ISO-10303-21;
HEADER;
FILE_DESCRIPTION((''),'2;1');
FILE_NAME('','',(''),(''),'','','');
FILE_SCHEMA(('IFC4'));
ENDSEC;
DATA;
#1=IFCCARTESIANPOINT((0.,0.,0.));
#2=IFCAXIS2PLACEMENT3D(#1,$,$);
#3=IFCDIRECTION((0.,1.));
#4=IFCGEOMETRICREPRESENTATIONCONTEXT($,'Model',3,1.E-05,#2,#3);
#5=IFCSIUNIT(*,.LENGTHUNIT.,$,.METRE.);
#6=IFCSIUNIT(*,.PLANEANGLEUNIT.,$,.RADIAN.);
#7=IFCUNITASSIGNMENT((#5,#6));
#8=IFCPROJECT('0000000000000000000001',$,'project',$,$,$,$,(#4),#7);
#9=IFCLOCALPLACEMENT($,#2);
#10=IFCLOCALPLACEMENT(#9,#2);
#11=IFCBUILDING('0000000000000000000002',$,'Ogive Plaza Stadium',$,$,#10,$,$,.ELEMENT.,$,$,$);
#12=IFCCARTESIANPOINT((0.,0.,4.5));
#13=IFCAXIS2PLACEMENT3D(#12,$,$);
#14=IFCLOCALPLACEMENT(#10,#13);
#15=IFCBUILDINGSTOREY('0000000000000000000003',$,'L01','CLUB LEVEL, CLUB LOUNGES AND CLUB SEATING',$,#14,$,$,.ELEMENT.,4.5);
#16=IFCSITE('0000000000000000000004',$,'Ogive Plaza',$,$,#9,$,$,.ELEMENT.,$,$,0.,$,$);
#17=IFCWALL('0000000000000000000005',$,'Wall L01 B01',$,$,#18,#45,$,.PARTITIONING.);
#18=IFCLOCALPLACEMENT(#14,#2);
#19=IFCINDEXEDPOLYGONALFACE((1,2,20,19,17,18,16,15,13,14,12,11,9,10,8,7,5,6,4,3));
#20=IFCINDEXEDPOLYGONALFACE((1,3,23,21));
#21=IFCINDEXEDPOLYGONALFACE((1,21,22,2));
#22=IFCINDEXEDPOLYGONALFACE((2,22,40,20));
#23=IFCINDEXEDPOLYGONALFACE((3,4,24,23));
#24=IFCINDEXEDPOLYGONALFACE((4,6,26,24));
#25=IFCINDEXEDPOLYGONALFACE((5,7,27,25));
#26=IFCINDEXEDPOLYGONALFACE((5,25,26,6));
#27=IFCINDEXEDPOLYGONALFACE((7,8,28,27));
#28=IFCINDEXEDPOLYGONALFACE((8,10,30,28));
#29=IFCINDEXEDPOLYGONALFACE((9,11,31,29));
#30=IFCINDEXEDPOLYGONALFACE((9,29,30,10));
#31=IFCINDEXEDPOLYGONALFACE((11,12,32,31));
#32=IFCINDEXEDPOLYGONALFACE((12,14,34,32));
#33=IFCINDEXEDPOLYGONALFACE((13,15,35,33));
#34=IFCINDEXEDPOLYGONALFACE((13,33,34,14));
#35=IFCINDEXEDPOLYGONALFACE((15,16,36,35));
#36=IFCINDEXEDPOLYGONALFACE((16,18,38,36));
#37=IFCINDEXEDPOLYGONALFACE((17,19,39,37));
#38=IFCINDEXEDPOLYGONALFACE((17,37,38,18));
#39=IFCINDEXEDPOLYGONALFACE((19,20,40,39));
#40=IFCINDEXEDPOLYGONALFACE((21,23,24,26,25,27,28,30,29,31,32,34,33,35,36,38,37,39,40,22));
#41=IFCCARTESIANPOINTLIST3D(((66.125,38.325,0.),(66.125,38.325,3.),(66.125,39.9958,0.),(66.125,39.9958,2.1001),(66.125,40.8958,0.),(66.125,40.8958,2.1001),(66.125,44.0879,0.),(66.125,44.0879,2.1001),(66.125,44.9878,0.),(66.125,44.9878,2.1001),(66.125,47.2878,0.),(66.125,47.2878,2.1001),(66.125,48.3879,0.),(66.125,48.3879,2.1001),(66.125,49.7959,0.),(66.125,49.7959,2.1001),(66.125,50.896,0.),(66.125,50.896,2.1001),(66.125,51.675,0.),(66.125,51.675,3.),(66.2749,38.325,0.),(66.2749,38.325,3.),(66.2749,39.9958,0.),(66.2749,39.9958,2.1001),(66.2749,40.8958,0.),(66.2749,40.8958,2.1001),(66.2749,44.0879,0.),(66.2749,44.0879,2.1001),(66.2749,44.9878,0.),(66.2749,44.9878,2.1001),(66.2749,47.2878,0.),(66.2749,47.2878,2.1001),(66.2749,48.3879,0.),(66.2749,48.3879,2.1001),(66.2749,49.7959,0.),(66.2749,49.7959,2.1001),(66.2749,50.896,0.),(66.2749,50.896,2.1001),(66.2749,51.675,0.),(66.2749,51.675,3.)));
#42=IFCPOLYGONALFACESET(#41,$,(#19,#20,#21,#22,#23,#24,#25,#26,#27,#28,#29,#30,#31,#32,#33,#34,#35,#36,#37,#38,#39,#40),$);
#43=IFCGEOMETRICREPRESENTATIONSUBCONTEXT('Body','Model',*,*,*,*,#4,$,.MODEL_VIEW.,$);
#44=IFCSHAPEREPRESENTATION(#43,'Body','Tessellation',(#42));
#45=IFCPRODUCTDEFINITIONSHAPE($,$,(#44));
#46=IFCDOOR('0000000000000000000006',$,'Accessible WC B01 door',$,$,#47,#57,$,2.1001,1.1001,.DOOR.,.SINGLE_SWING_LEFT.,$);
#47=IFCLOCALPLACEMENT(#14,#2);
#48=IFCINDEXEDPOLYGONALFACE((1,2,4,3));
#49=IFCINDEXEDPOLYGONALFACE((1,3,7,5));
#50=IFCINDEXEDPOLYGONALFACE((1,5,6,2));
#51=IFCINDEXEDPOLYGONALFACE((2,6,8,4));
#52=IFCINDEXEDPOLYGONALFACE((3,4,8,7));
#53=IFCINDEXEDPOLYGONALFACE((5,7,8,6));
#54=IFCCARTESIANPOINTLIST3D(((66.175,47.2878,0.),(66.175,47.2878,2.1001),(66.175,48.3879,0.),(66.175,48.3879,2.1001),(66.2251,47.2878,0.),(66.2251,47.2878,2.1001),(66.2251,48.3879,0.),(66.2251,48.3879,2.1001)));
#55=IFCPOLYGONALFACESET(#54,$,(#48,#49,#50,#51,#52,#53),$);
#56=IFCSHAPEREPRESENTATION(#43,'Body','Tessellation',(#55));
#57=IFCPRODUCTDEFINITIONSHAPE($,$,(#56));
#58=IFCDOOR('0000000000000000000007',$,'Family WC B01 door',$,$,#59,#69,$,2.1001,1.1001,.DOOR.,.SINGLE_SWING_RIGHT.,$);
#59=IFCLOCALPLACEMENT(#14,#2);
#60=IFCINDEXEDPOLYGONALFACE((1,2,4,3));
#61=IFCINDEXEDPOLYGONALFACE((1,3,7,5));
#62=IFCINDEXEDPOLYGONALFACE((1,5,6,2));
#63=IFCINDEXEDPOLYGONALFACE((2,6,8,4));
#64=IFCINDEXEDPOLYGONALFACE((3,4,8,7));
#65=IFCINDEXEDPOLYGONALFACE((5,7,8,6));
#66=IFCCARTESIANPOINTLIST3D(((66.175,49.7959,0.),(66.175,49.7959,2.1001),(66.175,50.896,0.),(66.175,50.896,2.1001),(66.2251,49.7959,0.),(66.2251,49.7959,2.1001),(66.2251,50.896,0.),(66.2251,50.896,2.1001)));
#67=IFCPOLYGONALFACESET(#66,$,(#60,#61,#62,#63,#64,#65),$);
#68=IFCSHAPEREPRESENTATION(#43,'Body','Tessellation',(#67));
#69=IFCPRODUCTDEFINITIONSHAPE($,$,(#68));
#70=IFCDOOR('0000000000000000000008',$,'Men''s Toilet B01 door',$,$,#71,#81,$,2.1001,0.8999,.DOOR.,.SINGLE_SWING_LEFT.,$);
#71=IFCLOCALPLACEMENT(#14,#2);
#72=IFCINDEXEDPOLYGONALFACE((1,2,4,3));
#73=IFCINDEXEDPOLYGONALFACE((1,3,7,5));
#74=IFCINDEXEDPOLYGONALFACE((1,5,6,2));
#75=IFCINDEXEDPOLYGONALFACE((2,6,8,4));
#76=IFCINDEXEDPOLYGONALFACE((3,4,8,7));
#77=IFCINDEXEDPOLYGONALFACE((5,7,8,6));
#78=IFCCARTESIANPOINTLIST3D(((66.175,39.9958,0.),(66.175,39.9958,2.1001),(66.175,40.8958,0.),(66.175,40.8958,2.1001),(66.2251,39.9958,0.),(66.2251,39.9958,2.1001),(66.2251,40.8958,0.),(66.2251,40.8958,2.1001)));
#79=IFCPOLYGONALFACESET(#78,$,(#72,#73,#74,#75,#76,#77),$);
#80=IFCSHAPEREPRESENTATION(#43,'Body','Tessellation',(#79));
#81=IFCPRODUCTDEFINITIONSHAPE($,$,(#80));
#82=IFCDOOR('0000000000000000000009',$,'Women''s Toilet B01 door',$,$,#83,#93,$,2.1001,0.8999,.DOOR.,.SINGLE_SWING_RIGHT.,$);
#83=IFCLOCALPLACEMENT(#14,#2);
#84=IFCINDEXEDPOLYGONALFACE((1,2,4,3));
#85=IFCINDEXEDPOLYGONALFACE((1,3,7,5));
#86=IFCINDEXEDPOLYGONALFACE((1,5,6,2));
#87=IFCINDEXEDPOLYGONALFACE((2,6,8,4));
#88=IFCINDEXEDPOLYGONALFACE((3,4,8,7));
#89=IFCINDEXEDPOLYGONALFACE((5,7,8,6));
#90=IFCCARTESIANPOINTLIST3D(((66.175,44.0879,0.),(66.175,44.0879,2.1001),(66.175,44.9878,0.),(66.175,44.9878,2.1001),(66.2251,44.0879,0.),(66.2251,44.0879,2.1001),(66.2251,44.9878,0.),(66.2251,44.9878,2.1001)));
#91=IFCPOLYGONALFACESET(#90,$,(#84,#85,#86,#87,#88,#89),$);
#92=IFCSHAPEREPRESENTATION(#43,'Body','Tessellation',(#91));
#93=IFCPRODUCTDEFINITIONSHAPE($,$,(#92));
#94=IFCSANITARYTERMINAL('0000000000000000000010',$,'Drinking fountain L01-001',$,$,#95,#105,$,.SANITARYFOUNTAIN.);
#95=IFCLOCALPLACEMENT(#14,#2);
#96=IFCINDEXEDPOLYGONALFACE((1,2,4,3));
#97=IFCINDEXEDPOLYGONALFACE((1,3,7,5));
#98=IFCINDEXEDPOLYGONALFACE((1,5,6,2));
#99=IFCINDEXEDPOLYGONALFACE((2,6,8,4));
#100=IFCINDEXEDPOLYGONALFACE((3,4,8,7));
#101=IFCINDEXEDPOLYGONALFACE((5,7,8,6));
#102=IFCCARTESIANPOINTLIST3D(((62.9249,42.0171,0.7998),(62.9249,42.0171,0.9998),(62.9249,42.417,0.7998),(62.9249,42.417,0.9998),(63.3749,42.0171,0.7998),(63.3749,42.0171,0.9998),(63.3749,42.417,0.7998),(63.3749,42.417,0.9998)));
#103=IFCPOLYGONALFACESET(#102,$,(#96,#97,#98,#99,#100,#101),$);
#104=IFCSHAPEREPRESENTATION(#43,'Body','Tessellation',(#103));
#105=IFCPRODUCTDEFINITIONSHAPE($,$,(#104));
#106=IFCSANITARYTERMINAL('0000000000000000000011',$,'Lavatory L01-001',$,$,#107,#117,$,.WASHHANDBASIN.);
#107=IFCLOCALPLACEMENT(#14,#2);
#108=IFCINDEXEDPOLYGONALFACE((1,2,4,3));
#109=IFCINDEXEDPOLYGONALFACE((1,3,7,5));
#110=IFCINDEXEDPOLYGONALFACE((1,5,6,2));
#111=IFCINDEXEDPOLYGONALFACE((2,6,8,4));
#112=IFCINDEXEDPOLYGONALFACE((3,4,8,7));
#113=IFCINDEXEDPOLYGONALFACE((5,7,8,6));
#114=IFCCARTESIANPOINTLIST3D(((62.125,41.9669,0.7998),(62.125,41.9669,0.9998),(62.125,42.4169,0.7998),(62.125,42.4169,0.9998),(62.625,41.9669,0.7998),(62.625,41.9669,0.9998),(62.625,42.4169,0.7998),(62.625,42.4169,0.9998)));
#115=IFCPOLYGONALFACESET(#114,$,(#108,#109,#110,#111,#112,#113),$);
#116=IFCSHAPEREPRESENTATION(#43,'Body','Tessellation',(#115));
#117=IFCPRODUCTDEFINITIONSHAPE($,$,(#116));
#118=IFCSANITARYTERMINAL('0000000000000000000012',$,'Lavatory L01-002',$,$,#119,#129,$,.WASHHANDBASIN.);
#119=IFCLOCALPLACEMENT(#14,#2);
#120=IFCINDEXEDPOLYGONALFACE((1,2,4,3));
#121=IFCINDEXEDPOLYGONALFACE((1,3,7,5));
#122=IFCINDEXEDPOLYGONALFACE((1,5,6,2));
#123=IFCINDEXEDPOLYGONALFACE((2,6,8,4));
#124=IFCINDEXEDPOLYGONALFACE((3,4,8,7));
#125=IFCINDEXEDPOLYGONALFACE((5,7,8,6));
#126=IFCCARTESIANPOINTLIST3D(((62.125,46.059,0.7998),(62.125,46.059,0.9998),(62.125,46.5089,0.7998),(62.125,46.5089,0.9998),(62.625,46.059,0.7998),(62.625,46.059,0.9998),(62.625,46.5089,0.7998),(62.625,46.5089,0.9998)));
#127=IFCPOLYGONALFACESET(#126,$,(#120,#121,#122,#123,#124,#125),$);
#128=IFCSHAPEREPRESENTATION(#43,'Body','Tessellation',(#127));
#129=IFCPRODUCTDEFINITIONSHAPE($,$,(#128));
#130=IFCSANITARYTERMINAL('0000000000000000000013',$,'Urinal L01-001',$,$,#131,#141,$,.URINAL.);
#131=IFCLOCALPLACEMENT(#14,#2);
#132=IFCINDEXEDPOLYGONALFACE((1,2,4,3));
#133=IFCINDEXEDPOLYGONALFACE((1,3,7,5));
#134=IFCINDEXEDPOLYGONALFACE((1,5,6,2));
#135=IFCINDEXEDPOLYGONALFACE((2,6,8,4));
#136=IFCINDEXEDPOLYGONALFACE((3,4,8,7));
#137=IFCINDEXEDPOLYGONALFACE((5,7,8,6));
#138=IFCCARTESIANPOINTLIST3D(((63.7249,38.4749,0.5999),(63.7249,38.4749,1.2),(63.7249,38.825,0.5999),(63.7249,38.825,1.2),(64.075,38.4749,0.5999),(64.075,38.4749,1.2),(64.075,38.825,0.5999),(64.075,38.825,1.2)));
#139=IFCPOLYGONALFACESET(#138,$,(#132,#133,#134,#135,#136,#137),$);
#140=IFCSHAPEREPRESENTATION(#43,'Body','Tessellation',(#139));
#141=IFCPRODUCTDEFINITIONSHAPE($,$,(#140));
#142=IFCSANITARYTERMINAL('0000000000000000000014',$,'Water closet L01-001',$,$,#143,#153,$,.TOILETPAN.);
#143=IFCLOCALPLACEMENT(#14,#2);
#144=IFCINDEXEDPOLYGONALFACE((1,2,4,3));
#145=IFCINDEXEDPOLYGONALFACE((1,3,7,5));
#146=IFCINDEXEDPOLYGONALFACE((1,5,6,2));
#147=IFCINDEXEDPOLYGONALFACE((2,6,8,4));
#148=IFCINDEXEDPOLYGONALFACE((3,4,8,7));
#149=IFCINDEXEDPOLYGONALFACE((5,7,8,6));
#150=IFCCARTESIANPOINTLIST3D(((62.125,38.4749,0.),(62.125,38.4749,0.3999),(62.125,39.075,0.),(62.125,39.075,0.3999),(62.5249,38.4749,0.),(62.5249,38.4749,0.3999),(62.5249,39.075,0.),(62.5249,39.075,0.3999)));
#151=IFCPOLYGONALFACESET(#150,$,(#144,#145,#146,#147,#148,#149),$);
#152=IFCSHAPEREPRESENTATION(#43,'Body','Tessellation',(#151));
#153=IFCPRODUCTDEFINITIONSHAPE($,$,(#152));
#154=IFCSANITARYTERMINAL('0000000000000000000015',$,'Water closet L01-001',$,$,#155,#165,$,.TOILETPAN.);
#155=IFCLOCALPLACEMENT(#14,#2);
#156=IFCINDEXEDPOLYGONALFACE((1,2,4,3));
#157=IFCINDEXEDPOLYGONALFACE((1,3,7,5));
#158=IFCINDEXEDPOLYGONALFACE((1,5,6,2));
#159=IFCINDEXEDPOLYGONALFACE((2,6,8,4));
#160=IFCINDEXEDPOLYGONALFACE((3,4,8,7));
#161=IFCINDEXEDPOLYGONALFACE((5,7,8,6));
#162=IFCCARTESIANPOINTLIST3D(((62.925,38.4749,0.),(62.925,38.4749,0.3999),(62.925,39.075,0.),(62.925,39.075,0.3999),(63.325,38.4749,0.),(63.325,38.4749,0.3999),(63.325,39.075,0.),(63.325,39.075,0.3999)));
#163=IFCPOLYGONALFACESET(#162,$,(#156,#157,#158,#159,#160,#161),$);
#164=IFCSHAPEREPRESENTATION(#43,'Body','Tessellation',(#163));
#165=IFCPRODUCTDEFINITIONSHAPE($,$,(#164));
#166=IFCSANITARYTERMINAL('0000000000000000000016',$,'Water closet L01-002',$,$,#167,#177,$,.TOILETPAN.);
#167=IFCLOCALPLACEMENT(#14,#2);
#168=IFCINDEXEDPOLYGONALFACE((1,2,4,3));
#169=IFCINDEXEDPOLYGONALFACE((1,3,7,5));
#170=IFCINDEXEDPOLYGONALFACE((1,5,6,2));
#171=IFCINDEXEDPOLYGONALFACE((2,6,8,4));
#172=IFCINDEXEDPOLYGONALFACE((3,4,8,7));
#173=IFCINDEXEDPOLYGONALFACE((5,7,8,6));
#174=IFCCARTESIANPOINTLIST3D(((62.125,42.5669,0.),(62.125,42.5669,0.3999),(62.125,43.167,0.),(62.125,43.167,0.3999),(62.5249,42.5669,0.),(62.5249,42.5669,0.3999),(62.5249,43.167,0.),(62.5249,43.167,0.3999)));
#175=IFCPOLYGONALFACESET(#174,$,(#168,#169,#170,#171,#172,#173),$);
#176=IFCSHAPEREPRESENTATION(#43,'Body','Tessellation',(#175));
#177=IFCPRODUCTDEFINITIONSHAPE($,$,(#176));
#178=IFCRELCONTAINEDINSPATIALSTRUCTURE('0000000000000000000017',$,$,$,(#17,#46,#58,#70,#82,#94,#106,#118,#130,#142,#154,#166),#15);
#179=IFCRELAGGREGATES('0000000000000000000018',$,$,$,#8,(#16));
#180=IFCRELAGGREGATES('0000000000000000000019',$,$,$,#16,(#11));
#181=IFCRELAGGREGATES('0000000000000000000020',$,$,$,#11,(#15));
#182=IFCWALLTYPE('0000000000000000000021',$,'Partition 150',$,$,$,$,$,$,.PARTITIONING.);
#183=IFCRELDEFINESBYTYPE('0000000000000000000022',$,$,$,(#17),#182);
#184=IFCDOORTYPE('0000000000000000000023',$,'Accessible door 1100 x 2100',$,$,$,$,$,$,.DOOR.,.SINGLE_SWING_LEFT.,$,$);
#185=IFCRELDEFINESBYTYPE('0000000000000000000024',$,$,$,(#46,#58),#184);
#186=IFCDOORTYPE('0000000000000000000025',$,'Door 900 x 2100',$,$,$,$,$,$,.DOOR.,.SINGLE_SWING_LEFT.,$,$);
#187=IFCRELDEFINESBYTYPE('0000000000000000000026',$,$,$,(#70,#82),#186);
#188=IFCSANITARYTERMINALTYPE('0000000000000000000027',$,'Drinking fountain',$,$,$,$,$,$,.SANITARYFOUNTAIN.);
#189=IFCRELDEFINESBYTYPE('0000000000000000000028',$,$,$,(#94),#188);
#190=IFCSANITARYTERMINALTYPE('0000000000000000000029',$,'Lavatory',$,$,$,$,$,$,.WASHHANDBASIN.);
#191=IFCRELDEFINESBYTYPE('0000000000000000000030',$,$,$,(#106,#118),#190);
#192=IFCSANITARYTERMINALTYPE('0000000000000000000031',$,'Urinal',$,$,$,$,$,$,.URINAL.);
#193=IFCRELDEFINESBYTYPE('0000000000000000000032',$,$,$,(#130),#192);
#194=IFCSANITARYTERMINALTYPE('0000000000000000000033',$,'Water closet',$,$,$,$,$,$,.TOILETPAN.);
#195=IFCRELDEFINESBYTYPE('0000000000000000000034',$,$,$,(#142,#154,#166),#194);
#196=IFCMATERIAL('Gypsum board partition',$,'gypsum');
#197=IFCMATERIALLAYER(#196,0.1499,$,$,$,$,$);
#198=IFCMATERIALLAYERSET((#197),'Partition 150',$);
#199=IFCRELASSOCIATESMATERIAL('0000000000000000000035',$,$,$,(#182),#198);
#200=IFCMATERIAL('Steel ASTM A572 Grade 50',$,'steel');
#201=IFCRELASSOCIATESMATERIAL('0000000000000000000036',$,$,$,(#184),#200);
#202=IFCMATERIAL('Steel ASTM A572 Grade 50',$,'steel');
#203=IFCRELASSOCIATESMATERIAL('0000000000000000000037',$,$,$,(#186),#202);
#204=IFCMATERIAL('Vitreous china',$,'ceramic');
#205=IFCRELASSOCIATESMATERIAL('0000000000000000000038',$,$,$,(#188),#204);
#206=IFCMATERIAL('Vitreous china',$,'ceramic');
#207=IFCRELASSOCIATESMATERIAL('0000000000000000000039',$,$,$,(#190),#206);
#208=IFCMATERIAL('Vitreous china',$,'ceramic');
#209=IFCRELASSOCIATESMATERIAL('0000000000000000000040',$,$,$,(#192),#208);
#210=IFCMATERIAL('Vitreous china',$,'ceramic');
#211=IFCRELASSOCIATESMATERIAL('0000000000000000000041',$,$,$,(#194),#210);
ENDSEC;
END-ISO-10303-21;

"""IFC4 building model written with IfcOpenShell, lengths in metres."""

from ifc_helpers import new_model, si_unit, direction, frame, frame_2d, origin, origin_2d, place, context, subcontext, project, spatial, rectangle, extrude, material, layer, layer_set, type_object, element, fill, save


model = new_model("IFC4")

# Units and contexts
model_context = context("Model", 3, precision=1e-05, world=origin(), true_north=direction((0.0, 1.0)))
body_context = subcontext(model_context, "Body", "Model", "MODEL_VIEW")
ifc_project = project(units=[si_unit("LENGTHUNIT", "METRE"), si_unit("PLANEANGLEUNIT", "RADIAN")], contexts=[model_context])

# Site, building, storey
site_placement = place(None, origin())
site = spatial("IfcSite", under=ifc_project, at=site_placement, Name="Ogive Plaza", CompositionType="ELEMENT", RefElevation=0.0)
building_placement = place(site_placement, origin())
building = spatial("IfcBuilding", under=site, at=building_placement, Name="Ogive Plaza Stadium", CompositionType="ELEMENT")
storey_placement = place(building_placement, frame((0.0, 0.0, 4.5)))
storey = spatial("IfcBuildingStorey", under=building, at=storey_placement, Name="L01", Description="CLUB LEVEL, CLUB LOUNGES AND CLUB SEATING", CompositionType="ELEMENT", Elevation=4.5)

# Wall, openings, doors
ifc_material_1 = material(Name="Gypsum board partition", Category="gypsum")
ifc_layer_1 = layer(ifc_material_1, 0.1499)
ifc_layer_set_1 = layer_set([ifc_layer_1], Name="Partition 150")
wall_type_1 = type_object("IfcWallType", Name="Partition 150", PredefinedType="PARTITIONING", material=ifc_layer_set_1)
wall_1_placement = place(storey_placement, frame((66.2, 38.325, 0.0), z_axis=(0.0, 0.0, 1.0), x_axis=(0.0, 1.0, 0.0)))
wall_1 = element("IfcWall", 1, at=wall_1_placement, inside=storey, type_object=wall_type_1, Name="Wall L01 B01", PredefinedType="PARTITIONING", context=body_context, shape_type="SweptSolid", body=[
    extrude(rectangle(XDim=13.3501, YDim=0.1499, at=frame_2d((6.675, 0.0))), origin(), (0.0, 0.0, 1.0), 3.0),
])
opening_1_placement = place(wall_1_placement, frame((1.6709, 0.0, 0.0)))
opening_1 = element("IfcOpeningElement", 2, at=opening_1_placement, cuts=wall_1, PredefinedType="OPENING", context=body_context, shape_type="SweptSolid", body=[
    extrude(rectangle(XDim=0.8999, YDim=2.1001, at=frame_2d((0.45, 1.05))), frame((0.0, 0.075, 0.0), z_axis=(0.0, -1.0, 0.0), x_axis=(1.0, 0.0, 0.0)), (0.0, 0.0, 1.0), 0.1499),
])
opening_2_placement = place(wall_1_placement, frame((5.7629, 0.0, 0.0)))
opening_2 = element("IfcOpeningElement", 3, at=opening_2_placement, cuts=wall_1, PredefinedType="OPENING", context=body_context, shape_type="SweptSolid", body=[
    extrude(rectangle(XDim=0.8999, YDim=2.1001, at=frame_2d((0.45, 1.05))), frame((0.0, 0.075, 0.0), z_axis=(0.0, -1.0, 0.0), x_axis=(1.0, 0.0, 0.0)), (0.0, 0.0, 1.0), 0.1499),
])
opening_3_placement = place(wall_1_placement, frame((8.9629, 0.0, 0.0)))
opening_3 = element("IfcOpeningElement", 4, at=opening_3_placement, cuts=wall_1, PredefinedType="OPENING", context=body_context, shape_type="SweptSolid", body=[
    extrude(rectangle(XDim=1.1001, YDim=2.1001, at=frame_2d((0.55, 1.05))), frame((0.0, 0.075, 0.0), z_axis=(0.0, -1.0, 0.0), x_axis=(1.0, 0.0, 0.0)), (0.0, 0.0, 1.0), 0.1499),
])
opening_4_placement = place(wall_1_placement, frame((11.4709, 0.0, 0.0)))
opening_4 = element("IfcOpeningElement", 5, at=opening_4_placement, cuts=wall_1, PredefinedType="OPENING", context=body_context, shape_type="SweptSolid", body=[
    extrude(rectangle(XDim=1.1001, YDim=2.1001, at=frame_2d((0.55, 1.05))), frame((0.0, 0.075, 0.0), z_axis=(0.0, -1.0, 0.0), x_axis=(1.0, 0.0, 0.0)), (0.0, 0.0, 1.0), 0.1499),
])
ifc_material_2 = material(Name="Steel ASTM A572 Grade 50", Category="steel")
door_type_1 = type_object("IfcDoorType", Name="Accessible door 1100 x 2100", OperationType="SINGLE_SWING_LEFT", PredefinedType="DOOR", material=ifc_material_2)
door_1_placement = place(opening_3_placement, origin())
door_1 = element("IfcDoor", 6, at=door_1_placement, inside=storey, type_object=door_type_1, Name="Accessible WC B01 door", OperationType="SINGLE_SWING_LEFT", OverallHeight=2.1001, OverallWidth=1.1001, PredefinedType="DOOR", context=body_context, shape_type="SweptSolid", body=[
    extrude(rectangle(XDim=1.1001, YDim=2.1001, at=frame_2d((0.55, 1.05))), frame((0.0, 0.0249, 0.0), z_axis=(0.0, -1.0, 0.0), x_axis=(1.0, 0.0, 0.0)), (0.0, 0.0, 1.0), 0.05),
])
fill(opening_3, door_1)
door_2_placement = place(opening_4_placement, origin())
door_2 = element("IfcDoor", 7, at=door_2_placement, inside=storey, type_object=door_type_1, Name="Family WC B01 door", OperationType="SINGLE_SWING_RIGHT", OverallHeight=2.1001, OverallWidth=1.1001, PredefinedType="DOOR", context=body_context, shape_type="SweptSolid", body=[
    extrude(rectangle(XDim=1.1001, YDim=2.1001, at=frame_2d((0.55, 1.05))), frame((0.0, 0.0249, 0.0), z_axis=(0.0, -1.0, 0.0), x_axis=(1.0, 0.0, 0.0)), (0.0, 0.0, 1.0), 0.05),
])
fill(opening_4, door_2)
ifc_material_3 = material(Name="Steel ASTM A572 Grade 50", Category="steel")
door_type_2 = type_object("IfcDoorType", Name="Door 900 x 2100", OperationType="SINGLE_SWING_LEFT", PredefinedType="DOOR", material=ifc_material_3)
door_3_placement = place(opening_1_placement, origin())
door_3 = element("IfcDoor", 8, at=door_3_placement, inside=storey, type_object=door_type_2, Name="Men's Toilet B01 door", OperationType="SINGLE_SWING_LEFT", OverallHeight=2.1001, OverallWidth=0.8999, PredefinedType="DOOR", context=body_context, shape_type="SweptSolid", body=[
    extrude(rectangle(XDim=0.8999, YDim=2.1001, at=frame_2d((0.45, 1.05))), frame((0.0, 0.0249, 0.0), z_axis=(0.0, -1.0, 0.0), x_axis=(1.0, 0.0, 0.0)), (0.0, 0.0, 1.0), 0.05),
])
fill(opening_1, door_3)
door_4_placement = place(opening_2_placement, origin())
door_4 = element("IfcDoor", 9, at=door_4_placement, inside=storey, type_object=door_type_2, Name="Women's Toilet B01 door", OperationType="SINGLE_SWING_RIGHT", OverallHeight=2.1001, OverallWidth=0.8999, PredefinedType="DOOR", context=body_context, shape_type="SweptSolid", body=[
    extrude(rectangle(XDim=0.8999, YDim=2.1001, at=frame_2d((0.45, 1.05))), frame((0.0, 0.0249, 0.0), z_axis=(0.0, -1.0, 0.0), x_axis=(1.0, 0.0, 0.0)), (0.0, 0.0, 1.0), 0.05),
])
fill(opening_2, door_4)

# Sanitary terminals
ifc_material_4 = material(Name="Vitreous china", Category="ceramic")
sanitary_terminal_type_1 = type_object("IfcSanitaryTerminalType", Name="Drinking fountain", PredefinedType="SANITARYFOUNTAIN", material=ifc_material_4)
sanitary_terminal_1_placement = place(storey_placement, frame((63.1499, 42.217, 0.7998), z_axis=(0.0, 0.0, 1.0), x_axis=(1.0, 0.0, 0.0)))
element("IfcSanitaryTerminal", 10, at=sanitary_terminal_1_placement, inside=storey, type_object=sanitary_terminal_type_1, Name="Drinking fountain L01-001", PredefinedType="SANITARYFOUNTAIN", context=body_context, shape_type="SweptSolid", body=[
    extrude(rectangle(XDim=0.45, YDim=0.3999, at=origin_2d()), origin(), (0.0, 0.0, 1.0), 0.2),
])
ifc_material_5 = material(Name="Vitreous china", Category="ceramic")
sanitary_terminal_type_2 = type_object("IfcSanitaryTerminalType", Name="Lavatory", PredefinedType="WASHHANDBASIN", material=ifc_material_5)
for number, where, z_axis, x_axis, name in (
    (11, (62.375, 42.1919, 0.7998), (0.0, 0.0, 1.0), (1.0, 0.0, 0.0), "Lavatory L01-001"),
    (12, (62.375, 46.2839, 0.7998), (0.0, 0.0, 1.0), (1.0, 0.0, 0.0), "Lavatory L01-002"),
):
    element("IfcSanitaryTerminal", number, at=place(storey_placement, frame(where, z_axis=z_axis, x_axis=x_axis)), inside=storey, type_object=sanitary_terminal_type_2, Name=name, PredefinedType="WASHHANDBASIN", context=body_context, shape_type="SweptSolid", body=[
        extrude(rectangle(XDim=0.5, YDim=0.45, at=origin_2d()), origin(), (0.0, 0.0, 1.0), 0.2),
    ])
ifc_material_6 = material(Name="Vitreous china", Category="ceramic")
sanitary_terminal_type_3 = type_object("IfcSanitaryTerminalType", Name="Urinal", PredefinedType="URINAL", material=ifc_material_6)
sanitary_terminal_2_placement = place(storey_placement, frame((63.8999, 38.6499, 0.5999), z_axis=(0.0, 0.0, 1.0), x_axis=(1.0, 0.0, 0.0)))
element("IfcSanitaryTerminal", 13, at=sanitary_terminal_2_placement, inside=storey, type_object=sanitary_terminal_type_3, Name="Urinal L01-001", PredefinedType="URINAL", context=body_context, shape_type="SweptSolid", body=[
    extrude(rectangle(XDim=0.3501, YDim=0.3501, at=origin_2d()), origin(), (0.0, 0.0, 1.0), 0.6001),
])
ifc_material_7 = material(Name="Vitreous china", Category="ceramic")
sanitary_terminal_type_4 = type_object("IfcSanitaryTerminalType", Name="Water closet", PredefinedType="TOILETPAN", material=ifc_material_7)
for number, where, z_axis, x_axis, name in (
    (14, (62.325, 38.7749, 0.0), (0.0, 0.0, 1.0), (1.0, 0.0, 0.0), "Water closet L01-001"),
    (15, (63.125, 38.7749, 0.0), (0.0, 0.0, 1.0), (1.0, 0.0, 0.0), "Water closet L01-001"),
    (16, (62.325, 42.8669, 0.0), (0.0, 0.0, 1.0), (1.0, 0.0, 0.0), "Water closet L01-002"),
):
    element("IfcSanitaryTerminal", number, at=place(storey_placement, frame(where, z_axis=z_axis, x_axis=x_axis)), inside=storey, type_object=sanitary_terminal_type_4, Name=name, PredefinedType="TOILETPAN", context=body_context, shape_type="SweptSolid", body=[
        extrude(rectangle(XDim=0.3999, YDim=0.6001, at=origin_2d()), origin(), (0.0, 0.0, 1.0), 0.3999),
    ])

save(model, "model.ifc")
